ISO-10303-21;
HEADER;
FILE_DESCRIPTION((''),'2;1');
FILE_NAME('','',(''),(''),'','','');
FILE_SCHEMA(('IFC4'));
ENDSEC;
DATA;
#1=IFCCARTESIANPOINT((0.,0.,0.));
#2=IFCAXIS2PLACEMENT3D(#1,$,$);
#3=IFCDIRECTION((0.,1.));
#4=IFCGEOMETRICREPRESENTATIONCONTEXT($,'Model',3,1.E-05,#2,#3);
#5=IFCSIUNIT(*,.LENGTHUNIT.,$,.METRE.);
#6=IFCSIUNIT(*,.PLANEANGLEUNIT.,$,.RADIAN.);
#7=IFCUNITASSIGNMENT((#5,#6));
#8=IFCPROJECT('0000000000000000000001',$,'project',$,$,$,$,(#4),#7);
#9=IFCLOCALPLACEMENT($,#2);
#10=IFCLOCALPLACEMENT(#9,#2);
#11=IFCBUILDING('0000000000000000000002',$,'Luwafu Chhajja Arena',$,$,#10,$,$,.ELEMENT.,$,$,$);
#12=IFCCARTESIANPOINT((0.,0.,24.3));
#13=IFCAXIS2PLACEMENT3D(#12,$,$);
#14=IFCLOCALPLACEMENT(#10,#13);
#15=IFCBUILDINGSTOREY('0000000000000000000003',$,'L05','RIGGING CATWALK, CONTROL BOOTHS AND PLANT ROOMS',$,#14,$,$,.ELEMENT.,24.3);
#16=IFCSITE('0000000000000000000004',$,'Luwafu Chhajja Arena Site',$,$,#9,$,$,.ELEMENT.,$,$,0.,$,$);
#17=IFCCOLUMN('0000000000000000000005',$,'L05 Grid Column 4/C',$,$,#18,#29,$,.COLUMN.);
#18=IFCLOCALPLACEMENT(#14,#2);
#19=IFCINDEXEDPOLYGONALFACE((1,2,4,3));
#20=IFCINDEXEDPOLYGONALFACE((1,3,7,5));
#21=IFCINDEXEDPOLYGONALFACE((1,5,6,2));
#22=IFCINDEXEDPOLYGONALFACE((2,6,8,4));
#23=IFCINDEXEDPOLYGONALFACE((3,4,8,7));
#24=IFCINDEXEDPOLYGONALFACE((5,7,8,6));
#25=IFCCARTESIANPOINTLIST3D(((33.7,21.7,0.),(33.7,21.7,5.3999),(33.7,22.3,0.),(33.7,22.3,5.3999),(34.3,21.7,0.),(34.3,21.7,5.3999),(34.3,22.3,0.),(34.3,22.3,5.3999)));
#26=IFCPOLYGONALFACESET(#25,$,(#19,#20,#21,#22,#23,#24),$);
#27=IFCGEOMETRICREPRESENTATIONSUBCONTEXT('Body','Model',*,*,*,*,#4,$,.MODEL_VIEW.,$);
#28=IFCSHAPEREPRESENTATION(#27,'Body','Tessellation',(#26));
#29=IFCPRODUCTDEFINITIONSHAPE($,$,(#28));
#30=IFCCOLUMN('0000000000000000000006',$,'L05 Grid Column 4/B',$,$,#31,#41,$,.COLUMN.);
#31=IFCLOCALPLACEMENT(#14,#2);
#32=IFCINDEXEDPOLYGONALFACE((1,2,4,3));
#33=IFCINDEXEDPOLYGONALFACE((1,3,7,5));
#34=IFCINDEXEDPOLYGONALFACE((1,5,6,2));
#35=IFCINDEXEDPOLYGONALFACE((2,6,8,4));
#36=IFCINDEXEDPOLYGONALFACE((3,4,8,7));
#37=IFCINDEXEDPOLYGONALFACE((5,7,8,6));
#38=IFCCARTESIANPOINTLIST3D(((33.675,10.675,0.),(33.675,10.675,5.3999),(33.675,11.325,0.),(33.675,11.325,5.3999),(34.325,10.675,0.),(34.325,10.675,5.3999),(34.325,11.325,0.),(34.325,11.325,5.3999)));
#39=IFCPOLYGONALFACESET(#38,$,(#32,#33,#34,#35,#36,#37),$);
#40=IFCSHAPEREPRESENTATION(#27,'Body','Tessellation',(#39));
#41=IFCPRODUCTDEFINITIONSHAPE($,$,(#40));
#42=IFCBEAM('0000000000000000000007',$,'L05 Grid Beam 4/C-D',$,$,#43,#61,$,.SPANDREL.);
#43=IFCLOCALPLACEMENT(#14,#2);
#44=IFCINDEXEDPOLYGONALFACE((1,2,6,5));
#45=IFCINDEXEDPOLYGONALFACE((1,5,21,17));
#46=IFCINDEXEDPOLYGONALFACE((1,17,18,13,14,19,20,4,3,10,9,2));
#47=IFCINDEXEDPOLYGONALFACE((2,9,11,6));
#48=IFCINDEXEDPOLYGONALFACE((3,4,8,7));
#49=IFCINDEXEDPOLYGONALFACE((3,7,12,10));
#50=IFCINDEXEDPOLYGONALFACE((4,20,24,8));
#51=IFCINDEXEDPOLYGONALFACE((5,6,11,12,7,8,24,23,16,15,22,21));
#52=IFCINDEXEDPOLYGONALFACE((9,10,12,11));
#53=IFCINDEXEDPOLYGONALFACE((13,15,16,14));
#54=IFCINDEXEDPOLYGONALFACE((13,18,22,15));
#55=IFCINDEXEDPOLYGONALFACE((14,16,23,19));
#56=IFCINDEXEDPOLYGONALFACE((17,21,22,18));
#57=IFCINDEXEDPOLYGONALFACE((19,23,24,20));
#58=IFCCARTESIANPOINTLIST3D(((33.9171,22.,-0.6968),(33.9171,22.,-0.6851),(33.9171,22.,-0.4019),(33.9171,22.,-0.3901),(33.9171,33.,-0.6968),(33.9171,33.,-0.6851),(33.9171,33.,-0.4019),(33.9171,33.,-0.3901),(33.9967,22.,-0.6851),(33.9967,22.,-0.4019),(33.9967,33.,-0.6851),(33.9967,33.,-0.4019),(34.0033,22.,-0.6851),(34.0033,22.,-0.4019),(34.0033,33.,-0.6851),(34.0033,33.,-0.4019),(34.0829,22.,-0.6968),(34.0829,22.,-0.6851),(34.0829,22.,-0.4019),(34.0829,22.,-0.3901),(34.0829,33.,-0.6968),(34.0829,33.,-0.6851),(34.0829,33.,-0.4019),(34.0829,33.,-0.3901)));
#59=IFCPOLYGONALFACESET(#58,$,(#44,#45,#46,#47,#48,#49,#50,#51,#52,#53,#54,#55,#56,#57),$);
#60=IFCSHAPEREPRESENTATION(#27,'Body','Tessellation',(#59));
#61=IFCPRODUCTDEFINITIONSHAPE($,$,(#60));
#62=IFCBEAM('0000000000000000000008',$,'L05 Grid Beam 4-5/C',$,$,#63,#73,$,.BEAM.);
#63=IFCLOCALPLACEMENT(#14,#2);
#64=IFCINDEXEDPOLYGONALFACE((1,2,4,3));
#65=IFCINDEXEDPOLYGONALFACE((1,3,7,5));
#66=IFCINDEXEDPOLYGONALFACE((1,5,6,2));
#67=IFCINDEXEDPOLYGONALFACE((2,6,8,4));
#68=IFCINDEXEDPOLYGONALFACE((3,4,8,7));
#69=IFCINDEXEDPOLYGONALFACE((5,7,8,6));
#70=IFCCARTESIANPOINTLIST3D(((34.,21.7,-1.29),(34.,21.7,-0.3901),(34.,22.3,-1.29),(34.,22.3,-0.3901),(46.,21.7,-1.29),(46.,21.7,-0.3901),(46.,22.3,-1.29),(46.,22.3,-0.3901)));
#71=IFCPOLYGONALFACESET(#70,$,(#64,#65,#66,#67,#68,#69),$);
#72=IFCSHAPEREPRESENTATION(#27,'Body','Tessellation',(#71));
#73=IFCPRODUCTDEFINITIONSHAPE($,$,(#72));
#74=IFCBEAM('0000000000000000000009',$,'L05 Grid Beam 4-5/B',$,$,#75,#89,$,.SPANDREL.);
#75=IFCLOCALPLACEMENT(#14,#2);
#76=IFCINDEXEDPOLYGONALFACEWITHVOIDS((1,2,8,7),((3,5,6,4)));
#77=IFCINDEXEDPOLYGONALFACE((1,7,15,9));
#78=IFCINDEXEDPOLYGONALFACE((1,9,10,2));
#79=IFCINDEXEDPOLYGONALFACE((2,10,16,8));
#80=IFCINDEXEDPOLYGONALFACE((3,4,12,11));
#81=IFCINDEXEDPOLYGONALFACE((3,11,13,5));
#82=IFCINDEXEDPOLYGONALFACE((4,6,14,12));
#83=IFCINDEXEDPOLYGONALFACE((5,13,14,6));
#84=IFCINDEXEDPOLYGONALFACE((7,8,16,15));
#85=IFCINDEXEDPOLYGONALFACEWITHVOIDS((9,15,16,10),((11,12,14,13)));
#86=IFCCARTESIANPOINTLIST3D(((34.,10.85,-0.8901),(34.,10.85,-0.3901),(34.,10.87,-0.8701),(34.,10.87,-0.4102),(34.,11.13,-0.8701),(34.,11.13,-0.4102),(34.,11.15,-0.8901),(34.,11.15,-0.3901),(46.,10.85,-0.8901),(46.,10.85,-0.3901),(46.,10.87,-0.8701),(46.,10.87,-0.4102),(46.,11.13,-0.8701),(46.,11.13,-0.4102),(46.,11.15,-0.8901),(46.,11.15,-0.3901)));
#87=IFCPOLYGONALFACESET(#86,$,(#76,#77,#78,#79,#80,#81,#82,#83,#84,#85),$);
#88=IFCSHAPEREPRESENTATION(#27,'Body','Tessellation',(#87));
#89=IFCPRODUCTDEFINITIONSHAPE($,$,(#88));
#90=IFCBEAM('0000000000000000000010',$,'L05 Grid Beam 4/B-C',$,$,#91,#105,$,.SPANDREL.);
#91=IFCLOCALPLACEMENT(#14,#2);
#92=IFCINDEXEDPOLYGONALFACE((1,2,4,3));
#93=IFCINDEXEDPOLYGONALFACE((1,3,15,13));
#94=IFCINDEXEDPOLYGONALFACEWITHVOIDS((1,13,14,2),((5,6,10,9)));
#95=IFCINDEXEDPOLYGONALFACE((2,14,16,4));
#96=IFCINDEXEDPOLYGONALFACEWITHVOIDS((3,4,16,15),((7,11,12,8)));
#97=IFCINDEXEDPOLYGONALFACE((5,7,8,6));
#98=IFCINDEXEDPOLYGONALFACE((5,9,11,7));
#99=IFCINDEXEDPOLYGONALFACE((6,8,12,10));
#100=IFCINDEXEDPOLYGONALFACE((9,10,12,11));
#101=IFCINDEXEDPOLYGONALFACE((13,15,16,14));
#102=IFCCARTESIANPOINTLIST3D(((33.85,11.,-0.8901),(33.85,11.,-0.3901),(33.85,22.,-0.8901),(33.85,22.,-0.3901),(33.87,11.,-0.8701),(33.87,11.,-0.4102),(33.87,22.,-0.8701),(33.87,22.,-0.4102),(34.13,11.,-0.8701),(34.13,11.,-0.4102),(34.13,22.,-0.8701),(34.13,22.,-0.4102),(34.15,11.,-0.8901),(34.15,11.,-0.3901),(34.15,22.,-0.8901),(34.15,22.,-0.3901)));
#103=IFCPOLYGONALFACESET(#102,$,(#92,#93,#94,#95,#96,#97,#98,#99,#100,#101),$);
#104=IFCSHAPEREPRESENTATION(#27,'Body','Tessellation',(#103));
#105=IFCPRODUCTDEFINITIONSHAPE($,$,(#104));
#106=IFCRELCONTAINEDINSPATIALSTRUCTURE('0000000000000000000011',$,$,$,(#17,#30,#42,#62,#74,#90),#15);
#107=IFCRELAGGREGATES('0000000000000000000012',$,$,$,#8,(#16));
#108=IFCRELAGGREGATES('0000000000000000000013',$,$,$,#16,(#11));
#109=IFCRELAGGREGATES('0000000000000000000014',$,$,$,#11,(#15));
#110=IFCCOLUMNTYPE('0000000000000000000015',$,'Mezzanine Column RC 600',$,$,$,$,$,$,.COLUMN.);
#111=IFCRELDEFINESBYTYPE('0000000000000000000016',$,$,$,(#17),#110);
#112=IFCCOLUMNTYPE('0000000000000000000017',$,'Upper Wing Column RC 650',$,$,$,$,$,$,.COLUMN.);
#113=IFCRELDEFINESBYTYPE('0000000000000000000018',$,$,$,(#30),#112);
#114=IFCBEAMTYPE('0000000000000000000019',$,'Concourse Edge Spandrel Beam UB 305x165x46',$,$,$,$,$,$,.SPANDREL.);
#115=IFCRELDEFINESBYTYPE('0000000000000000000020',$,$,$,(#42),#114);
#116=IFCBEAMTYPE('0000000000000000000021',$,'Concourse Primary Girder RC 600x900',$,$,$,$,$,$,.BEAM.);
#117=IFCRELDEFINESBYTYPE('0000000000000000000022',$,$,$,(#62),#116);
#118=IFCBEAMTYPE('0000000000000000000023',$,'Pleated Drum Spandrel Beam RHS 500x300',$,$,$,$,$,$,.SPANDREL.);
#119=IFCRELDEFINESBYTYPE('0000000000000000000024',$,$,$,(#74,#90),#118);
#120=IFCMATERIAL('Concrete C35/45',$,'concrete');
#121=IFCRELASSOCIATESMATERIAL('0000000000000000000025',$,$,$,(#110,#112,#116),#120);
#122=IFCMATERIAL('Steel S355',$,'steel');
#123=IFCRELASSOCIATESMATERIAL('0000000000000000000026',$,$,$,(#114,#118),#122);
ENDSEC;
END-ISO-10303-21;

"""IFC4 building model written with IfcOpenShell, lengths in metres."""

from ifc_helpers import new_model, si_unit, direction, frame, origin, origin_2d, place, context, subcontext, project, spatial, rectangle, hollow_rectangle, i_section, extrude, material, material_profile, profile_set, type_object, element, save


model = new_model("IFC4")

# Units and contexts
model_context = context("Model", 3, precision=1e-05, world=origin(), true_north=direction((0.0, 1.0)))
body_context = subcontext(model_context, "Body", "Model", "MODEL_VIEW")
ifc_project = project(units=[si_unit("LENGTHUNIT", "METRE"), si_unit("PLANEANGLEUNIT", "RADIAN")], contexts=[model_context])

# Site, building, storey
site_placement = place(None, origin())
site = spatial("IfcSite", under=ifc_project, at=site_placement, Name="Luwafu Chhajja Arena Site", CompositionType="ELEMENT", RefElevation=0.0)
building_placement = place(site_placement, origin())
building = spatial("IfcBuilding", under=site, at=building_placement, Name="Luwafu Chhajja Arena", CompositionType="ELEMENT")
storey_placement = place(building_placement, frame((0.0, 0.0, 24.3)))
storey = spatial("IfcBuildingStorey", under=building, at=storey_placement, Name="L05", Description="RIGGING CATWALK, CONTROL BOOTHS AND PLANT ROOMS", CompositionType="ELEMENT", Elevation=24.3)

# Columns
ifc_material_1 = material(Name="Concrete C35/45", Category="concrete")
ifc_material_profile_1 = material_profile(ifc_material_1, rectangle(XDim=0.6001, YDim=0.6001, at=origin_2d()), Name="RC 600x600")
ifc_profile_set_1 = profile_set([ifc_material_profile_1], Name="Concrete C35/45")
column_type_1 = type_object("IfcColumnType", Name="Mezzanine Column RC 600", PredefinedType="COLUMN", material=ifc_profile_set_1)
column_1_placement = place(storey_placement, frame((34.0, 22.0, 0.0), z_axis=(0.0, 0.0, 1.0), x_axis=(1.0, 0.0, 0.0)))
element("IfcColumn", 1, at=column_1_placement, inside=storey, type_object=column_type_1, Name="L05 Grid Column 4/C", PredefinedType="COLUMN", context=body_context, shape_type="SweptSolid", body=[
    extrude(rectangle(XDim=0.6001, YDim=0.6001, at=origin_2d()), origin(), (0.0, 0.0, 1.0), 5.3999),
])
ifc_material_profile_2 = material_profile(ifc_material_1, rectangle(XDim=0.6499, YDim=0.6499, at=origin_2d()), Name="RC 650x650")
ifc_profile_set_2 = profile_set([ifc_material_profile_2], Name="Concrete C35/45")
column_type_2 = type_object("IfcColumnType", Name="Upper Wing Column RC 650", PredefinedType="COLUMN", material=ifc_profile_set_2)
column_2_placement = place(storey_placement, frame((34.0, 11.0, 0.0), z_axis=(0.0, 0.0, 1.0), x_axis=(1.0, 0.0, 0.0)))
element("IfcColumn", 2, at=column_2_placement, inside=storey, type_object=column_type_2, Name="L05 Grid Column 4/B", PredefinedType="COLUMN", context=body_context, shape_type="SweptSolid", body=[
    extrude(rectangle(XDim=0.6499, YDim=0.6499, at=origin_2d()), origin(), (0.0, 0.0, 1.0), 5.3999),
])

# Beams
ifc_material_2 = material(Name="Steel S355", Category="steel")
ifc_material_profile_3 = material_profile(ifc_material_2, i_section(OverallWidth=0.1658, OverallDepth=0.3066, WebThickness=0.0066, FlangeThickness=0.0117, at=origin_2d()), Name="UB 305x165x46")
ifc_profile_set_3 = profile_set([ifc_material_profile_3], Name="Steel S355")
beam_type_1 = type_object("IfcBeamType", Name="Concourse Edge Spandrel Beam UB 305x165x46", PredefinedType="SPANDREL", material=ifc_profile_set_3)
beam_1_placement = place(storey_placement, frame((34.0, 22.0, -0.5435), z_axis=(0.0, 1.0, 0.0), x_axis=(-1.0, 0.0, 0.0)))
element("IfcBeam", 3, at=beam_1_placement, inside=storey, type_object=beam_type_1, Name="L05 Grid Beam 4/C-D", PredefinedType="SPANDREL", context=body_context, shape_type="SweptSolid", body=[
    extrude(i_section(OverallWidth=0.1658, OverallDepth=0.3066, WebThickness=0.0066, FlangeThickness=0.0117, at=origin_2d()), origin(), (0.0, 0.0, 1.0), 11.0),
])
ifc_material_profile_4 = material_profile(ifc_material_1, rectangle(XDim=0.6001, YDim=0.8999, at=origin_2d()), Name="RC 600x900")
ifc_profile_set_4 = profile_set([ifc_material_profile_4], Name="Concrete C35/45")
beam_type_2 = type_object("IfcBeamType", Name="Concourse Primary Girder RC 600x900", PredefinedType="BEAM", material=ifc_profile_set_4)
beam_2_placement = place(storey_placement, frame((34.0, 22.0, -0.8401), z_axis=(1.0, 0.0, 0.0), x_axis=(0.0, 1.0, 0.0)))
element("IfcBeam", 4, at=beam_2_placement, inside=storey, type_object=beam_type_2, Name="L05 Grid Beam 4-5/C", PredefinedType="BEAM", context=body_context, shape_type="SweptSolid", body=[
    extrude(rectangle(XDim=0.6001, YDim=0.8999, at=origin_2d()), origin(), (0.0, 0.0, 1.0), 12.0),
])
ifc_material_profile_5 = material_profile(ifc_material_2, hollow_rectangle(XDim=0.3, YDim=0.5, WallThickness=0.02, at=origin_2d()), Name="RHS 500x300x20")
ifc_profile_set_5 = profile_set([ifc_material_profile_5], Name="Steel S355")
beam_type_3 = type_object("IfcBeamType", Name="Pleated Drum Spandrel Beam RHS 500x300", PredefinedType="SPANDREL", material=ifc_profile_set_5)
beam_3_placement = place(storey_placement, frame((34.0, 11.0, -0.6401), z_axis=(1.0, 0.0, 0.0), x_axis=(0.0, 1.0, 0.0)))
element("IfcBeam", 5, at=beam_3_placement, inside=storey, type_object=beam_type_3, Name="L05 Grid Beam 4-5/B", PredefinedType="SPANDREL", context=body_context, shape_type="SweptSolid", body=[
    extrude(hollow_rectangle(XDim=0.3, YDim=0.5, WallThickness=0.02, at=origin_2d()), origin(), (0.0, 0.0, 1.0), 12.0),
])
beam_4_placement = place(storey_placement, frame((34.0, 11.0, -0.6401), z_axis=(0.0, 1.0, 0.0), x_axis=(-1.0, 0.0, 0.0)))
element("IfcBeam", 6, at=beam_4_placement, inside=storey, type_object=beam_type_3, Name="L05 Grid Beam 4/B-C", PredefinedType="SPANDREL", context=body_context, shape_type="SweptSolid", body=[
    extrude(hollow_rectangle(XDim=0.3, YDim=0.5, WallThickness=0.02, at=origin_2d()), origin(), (0.0, 0.0, 1.0), 11.0),
])

save(model, "model.ifc")
